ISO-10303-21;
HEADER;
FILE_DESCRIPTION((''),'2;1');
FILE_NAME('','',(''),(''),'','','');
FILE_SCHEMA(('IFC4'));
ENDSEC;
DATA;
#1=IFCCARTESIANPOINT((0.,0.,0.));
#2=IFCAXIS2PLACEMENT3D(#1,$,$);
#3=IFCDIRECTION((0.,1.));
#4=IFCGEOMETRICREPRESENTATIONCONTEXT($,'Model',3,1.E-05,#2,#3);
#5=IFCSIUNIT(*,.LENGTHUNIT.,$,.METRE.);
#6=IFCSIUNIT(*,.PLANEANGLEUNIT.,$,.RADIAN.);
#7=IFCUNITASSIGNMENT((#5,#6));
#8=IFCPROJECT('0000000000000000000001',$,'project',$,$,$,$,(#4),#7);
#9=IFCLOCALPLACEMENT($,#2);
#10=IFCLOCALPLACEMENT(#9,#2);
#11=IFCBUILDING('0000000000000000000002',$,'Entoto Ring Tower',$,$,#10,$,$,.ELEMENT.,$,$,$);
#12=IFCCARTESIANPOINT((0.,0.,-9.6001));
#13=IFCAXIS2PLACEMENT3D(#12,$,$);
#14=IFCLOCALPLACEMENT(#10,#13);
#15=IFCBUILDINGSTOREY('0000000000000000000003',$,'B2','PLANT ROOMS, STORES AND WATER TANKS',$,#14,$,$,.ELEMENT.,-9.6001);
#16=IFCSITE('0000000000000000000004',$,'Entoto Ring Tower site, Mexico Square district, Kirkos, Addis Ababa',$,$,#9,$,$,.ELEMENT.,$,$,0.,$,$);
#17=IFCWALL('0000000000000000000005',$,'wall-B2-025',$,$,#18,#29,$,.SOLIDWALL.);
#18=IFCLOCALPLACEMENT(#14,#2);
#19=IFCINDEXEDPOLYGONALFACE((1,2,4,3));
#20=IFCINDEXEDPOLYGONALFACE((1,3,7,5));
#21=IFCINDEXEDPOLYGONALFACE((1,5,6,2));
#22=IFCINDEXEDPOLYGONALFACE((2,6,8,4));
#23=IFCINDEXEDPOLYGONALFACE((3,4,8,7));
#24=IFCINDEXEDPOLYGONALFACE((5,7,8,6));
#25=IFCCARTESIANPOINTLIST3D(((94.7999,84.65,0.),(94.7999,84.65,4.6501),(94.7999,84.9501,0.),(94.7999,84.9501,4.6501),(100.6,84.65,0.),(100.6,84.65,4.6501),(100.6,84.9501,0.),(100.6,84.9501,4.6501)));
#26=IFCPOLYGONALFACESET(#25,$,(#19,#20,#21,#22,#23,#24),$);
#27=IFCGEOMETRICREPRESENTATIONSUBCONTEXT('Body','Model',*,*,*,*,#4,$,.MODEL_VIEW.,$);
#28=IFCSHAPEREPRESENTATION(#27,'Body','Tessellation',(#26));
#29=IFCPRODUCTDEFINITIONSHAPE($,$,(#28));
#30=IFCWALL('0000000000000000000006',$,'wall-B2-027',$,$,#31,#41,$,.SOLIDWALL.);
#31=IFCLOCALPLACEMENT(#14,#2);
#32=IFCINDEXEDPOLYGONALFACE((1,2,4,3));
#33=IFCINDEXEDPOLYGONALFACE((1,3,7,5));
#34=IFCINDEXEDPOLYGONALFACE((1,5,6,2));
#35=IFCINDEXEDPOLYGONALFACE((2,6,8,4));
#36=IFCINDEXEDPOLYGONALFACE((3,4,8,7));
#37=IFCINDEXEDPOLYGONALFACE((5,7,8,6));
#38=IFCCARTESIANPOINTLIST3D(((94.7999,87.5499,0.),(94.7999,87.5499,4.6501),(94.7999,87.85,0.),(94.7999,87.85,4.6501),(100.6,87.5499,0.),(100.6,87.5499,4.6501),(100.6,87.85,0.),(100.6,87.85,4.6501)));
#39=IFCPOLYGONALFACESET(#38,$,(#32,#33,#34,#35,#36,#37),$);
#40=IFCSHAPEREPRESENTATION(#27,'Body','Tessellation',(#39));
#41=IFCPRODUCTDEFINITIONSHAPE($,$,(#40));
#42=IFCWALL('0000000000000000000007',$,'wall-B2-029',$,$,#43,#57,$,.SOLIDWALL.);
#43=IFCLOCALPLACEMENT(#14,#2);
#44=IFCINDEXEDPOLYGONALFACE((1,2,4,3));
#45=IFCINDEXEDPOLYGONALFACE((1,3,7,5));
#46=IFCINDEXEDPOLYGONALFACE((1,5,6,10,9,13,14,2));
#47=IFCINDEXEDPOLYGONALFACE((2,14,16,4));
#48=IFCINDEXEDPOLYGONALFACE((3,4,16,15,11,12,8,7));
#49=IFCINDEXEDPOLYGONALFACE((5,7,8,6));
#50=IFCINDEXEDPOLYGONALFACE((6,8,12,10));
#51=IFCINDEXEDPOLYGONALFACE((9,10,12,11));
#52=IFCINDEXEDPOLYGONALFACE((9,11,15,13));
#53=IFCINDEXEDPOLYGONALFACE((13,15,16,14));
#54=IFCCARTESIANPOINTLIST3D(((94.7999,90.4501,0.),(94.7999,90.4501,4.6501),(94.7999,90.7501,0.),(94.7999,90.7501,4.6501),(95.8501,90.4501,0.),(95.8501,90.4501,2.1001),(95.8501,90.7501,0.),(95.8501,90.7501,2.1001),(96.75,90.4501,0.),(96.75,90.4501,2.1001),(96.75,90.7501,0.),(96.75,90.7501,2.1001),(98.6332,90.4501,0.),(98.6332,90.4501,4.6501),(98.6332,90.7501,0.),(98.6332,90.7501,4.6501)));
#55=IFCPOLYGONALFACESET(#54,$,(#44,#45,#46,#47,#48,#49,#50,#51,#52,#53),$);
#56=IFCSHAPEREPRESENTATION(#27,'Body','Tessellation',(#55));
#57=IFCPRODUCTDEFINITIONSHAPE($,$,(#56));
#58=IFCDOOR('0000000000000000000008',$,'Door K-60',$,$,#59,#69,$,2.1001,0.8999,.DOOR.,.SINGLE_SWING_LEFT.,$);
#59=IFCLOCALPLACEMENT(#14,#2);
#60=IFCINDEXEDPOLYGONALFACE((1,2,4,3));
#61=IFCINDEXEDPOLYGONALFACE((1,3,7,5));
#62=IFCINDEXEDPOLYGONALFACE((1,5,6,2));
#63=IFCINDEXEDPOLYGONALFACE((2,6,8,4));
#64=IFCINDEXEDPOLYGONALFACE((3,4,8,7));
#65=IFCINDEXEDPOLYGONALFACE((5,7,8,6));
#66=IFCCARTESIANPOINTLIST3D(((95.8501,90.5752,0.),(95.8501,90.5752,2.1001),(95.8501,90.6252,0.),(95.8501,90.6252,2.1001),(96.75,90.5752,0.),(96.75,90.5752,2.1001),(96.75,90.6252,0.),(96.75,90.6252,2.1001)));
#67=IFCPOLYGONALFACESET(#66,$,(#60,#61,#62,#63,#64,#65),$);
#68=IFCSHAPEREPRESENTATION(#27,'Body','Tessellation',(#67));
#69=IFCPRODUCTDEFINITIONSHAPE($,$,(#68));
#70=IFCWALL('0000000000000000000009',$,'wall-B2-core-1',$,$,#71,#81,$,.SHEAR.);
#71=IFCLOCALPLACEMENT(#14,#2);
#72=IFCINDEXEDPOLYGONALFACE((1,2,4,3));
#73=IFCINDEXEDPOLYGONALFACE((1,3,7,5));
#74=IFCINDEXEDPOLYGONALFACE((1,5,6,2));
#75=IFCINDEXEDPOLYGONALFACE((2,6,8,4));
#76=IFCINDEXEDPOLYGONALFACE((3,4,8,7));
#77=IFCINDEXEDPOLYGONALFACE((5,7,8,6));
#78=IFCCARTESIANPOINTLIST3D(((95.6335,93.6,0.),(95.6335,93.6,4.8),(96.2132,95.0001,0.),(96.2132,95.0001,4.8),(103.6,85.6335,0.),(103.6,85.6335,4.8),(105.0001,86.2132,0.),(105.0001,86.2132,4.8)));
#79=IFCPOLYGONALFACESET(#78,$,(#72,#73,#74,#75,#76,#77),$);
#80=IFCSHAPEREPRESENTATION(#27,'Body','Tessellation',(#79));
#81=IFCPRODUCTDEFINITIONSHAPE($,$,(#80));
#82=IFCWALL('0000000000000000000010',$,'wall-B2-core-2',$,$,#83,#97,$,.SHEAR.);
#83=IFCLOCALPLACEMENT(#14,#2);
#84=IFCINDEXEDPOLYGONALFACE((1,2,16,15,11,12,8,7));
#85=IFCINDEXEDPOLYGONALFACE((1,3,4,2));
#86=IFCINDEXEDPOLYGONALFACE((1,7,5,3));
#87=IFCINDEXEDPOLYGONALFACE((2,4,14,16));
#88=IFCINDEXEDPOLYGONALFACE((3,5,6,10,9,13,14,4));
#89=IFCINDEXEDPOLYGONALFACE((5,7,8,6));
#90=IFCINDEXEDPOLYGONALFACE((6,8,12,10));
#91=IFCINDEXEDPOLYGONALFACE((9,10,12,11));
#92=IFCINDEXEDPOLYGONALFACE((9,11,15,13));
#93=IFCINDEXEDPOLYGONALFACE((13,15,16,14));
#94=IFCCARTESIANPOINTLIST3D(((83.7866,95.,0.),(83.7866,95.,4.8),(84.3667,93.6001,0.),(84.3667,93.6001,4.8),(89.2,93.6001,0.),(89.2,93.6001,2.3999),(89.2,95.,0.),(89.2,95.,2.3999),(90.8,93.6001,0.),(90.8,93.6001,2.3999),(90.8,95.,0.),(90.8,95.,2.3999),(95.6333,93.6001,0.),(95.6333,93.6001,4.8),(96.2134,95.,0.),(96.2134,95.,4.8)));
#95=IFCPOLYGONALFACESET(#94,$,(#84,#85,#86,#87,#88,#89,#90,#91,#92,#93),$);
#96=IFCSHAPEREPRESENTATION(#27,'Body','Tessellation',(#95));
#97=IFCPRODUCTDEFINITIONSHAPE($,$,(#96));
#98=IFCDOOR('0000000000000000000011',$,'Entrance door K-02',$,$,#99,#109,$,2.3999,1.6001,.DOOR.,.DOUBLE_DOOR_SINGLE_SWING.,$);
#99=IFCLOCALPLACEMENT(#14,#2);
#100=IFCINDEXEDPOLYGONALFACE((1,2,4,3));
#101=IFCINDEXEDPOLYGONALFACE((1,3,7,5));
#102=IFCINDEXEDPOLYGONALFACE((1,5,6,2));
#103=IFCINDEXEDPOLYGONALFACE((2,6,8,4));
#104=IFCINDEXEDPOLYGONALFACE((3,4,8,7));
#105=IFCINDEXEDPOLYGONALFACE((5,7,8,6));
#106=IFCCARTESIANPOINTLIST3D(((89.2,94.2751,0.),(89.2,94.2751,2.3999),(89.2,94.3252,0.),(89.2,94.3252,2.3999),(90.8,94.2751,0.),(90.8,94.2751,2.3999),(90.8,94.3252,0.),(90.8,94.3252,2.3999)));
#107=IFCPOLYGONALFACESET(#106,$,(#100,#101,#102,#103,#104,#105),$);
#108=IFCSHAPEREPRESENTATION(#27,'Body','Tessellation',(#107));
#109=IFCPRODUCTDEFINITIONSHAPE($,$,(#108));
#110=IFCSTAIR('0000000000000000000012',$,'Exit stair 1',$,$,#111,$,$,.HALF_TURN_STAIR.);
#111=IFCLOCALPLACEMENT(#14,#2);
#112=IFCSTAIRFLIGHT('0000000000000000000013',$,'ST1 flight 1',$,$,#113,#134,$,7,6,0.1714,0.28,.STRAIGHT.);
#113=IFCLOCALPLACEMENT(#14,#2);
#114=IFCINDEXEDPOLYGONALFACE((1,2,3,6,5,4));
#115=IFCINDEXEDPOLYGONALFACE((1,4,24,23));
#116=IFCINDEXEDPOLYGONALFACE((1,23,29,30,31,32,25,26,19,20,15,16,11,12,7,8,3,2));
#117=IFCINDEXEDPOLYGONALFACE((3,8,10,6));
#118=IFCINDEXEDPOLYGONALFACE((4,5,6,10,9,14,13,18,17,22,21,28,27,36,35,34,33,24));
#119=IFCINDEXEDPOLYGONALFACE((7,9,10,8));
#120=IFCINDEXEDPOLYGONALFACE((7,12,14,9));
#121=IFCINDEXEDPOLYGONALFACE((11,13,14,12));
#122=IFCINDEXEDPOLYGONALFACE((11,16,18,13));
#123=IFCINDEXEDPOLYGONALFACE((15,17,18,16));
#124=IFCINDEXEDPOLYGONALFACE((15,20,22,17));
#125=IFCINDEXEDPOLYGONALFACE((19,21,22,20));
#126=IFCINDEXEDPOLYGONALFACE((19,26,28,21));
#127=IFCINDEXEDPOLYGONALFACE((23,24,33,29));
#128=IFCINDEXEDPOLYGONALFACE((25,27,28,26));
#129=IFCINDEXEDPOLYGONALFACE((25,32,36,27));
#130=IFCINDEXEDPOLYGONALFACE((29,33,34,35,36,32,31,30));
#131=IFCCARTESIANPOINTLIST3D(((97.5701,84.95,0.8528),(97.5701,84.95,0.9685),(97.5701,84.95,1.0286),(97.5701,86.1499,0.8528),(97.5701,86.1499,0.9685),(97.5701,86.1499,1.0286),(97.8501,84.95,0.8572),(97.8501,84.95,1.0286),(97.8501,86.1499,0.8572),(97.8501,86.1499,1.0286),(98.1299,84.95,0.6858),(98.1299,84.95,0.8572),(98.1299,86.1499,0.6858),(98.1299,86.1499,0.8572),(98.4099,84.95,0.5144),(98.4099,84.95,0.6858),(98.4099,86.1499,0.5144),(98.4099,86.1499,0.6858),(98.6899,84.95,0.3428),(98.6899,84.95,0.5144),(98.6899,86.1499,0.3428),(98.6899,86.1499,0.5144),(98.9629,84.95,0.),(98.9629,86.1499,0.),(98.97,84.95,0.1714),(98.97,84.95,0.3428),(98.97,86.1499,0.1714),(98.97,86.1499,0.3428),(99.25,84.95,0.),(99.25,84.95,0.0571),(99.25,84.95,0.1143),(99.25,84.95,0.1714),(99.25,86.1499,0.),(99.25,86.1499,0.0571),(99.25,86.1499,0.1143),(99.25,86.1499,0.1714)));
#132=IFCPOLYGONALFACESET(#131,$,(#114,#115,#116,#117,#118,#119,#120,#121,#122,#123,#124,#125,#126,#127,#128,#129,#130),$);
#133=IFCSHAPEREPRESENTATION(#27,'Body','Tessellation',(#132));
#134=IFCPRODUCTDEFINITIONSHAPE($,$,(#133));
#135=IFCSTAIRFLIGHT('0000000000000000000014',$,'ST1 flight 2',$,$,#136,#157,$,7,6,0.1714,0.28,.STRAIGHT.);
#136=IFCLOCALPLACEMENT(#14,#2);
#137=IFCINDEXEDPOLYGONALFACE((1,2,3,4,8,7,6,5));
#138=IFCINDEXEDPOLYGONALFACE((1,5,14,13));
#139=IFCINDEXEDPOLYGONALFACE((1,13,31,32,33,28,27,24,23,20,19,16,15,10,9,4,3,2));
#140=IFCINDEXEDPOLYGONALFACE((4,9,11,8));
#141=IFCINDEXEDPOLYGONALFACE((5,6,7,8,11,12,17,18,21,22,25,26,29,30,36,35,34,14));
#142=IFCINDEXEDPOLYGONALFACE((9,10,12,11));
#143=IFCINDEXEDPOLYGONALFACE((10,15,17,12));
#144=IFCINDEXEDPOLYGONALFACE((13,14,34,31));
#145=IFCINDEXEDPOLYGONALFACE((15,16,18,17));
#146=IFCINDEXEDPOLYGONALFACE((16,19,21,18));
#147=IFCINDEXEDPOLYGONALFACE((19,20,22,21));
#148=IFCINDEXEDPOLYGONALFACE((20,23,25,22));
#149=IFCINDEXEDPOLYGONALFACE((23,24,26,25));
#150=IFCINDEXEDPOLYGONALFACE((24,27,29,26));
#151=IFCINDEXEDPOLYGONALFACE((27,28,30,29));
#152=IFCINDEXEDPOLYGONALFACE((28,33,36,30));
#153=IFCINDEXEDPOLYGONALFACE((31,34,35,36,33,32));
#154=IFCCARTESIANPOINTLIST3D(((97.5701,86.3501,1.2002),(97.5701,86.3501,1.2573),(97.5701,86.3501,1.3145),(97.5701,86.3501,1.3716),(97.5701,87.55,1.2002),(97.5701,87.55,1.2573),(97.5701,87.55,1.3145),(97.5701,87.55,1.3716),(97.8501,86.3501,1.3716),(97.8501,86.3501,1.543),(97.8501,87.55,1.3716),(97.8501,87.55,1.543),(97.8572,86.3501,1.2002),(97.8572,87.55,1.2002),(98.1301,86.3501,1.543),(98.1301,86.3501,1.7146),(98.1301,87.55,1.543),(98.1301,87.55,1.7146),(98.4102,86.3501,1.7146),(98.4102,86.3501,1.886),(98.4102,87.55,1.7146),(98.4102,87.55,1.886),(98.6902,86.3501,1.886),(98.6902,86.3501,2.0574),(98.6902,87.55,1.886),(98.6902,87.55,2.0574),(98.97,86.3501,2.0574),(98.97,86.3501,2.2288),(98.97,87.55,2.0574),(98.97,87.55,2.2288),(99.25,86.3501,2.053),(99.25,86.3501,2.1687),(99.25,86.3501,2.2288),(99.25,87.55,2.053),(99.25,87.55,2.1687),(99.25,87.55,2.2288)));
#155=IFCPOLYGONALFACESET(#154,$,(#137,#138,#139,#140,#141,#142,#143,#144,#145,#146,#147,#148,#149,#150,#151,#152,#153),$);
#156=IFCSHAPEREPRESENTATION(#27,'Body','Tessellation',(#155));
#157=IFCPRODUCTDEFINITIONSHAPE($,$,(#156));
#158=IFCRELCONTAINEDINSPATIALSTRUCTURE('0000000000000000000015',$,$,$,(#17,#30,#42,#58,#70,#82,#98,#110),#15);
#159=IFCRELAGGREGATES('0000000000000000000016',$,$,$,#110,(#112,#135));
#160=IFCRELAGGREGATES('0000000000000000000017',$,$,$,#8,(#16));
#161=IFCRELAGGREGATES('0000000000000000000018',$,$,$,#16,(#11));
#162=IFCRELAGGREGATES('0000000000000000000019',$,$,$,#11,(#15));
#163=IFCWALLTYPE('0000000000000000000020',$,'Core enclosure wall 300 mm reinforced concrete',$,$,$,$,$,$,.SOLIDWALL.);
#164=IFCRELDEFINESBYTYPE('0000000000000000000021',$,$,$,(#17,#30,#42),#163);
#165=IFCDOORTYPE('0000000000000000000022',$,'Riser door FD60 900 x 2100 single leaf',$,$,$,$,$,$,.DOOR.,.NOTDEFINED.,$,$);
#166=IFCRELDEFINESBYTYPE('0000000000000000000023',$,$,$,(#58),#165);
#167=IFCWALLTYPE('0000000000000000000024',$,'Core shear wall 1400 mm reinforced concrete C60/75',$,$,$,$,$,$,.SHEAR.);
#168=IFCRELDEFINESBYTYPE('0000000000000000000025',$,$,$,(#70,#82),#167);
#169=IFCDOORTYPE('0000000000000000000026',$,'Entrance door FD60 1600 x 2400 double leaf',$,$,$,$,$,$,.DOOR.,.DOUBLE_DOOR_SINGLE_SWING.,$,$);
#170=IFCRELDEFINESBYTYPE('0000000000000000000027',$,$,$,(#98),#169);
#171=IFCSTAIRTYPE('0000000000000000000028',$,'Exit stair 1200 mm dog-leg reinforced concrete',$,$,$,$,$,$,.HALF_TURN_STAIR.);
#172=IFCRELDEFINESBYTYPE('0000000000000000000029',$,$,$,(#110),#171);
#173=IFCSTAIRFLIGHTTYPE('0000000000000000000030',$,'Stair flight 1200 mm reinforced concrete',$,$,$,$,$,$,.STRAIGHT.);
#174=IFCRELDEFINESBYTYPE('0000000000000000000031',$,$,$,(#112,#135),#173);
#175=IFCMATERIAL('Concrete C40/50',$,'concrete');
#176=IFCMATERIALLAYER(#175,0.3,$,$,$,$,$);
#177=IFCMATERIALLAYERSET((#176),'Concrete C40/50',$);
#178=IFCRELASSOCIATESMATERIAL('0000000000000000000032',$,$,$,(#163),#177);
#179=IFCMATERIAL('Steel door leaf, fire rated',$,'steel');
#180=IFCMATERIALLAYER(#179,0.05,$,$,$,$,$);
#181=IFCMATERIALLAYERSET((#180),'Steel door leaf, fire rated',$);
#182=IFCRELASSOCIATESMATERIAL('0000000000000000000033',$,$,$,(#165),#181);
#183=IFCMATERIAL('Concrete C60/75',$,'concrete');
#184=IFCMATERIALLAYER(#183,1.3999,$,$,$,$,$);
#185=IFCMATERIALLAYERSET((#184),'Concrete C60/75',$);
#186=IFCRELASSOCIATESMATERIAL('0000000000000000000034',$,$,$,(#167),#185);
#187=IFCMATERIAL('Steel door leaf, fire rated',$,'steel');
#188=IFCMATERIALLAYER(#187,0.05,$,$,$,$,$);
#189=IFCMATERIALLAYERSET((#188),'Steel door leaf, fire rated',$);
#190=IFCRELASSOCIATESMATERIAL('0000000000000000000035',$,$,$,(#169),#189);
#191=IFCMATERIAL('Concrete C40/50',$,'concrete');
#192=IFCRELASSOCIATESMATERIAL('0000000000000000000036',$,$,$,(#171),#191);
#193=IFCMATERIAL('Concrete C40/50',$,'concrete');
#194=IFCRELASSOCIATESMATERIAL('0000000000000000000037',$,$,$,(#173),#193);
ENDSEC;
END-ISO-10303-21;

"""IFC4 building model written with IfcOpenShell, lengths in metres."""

from ifc_helpers import new_model, si_unit, direction, frame, frame_2d, origin, place, context, subcontext, project, spatial, polyline, rectangle, outline, extrude, material, layer, layer_set, type_object, element, fill, aggregate, save


model = new_model("IFC4")

# Units and contexts
model_context = context("Model", 3, precision=1e-05, world=origin(), true_north=direction((0.0, 1.0)))
body_context = subcontext(model_context, "Body", "Model", "MODEL_VIEW")
ifc_project = project(units=[si_unit("LENGTHUNIT", "METRE"), si_unit("PLANEANGLEUNIT", "RADIAN")], contexts=[model_context])

# Site, building, storey
site_placement = place(None, origin())
site = spatial("IfcSite", under=ifc_project, at=site_placement, Name="Entoto Ring Tower site, Mexico Square district, Kirkos, Addis Ababa", CompositionType="ELEMENT", RefElevation=0.0)
building_placement = place(site_placement, origin())
building = spatial("IfcBuilding", under=site, at=building_placement, Name="Entoto Ring Tower", CompositionType="ELEMENT")
storey_placement = place(building_placement, frame((0.0, 0.0, -9.6001)))
storey = spatial("IfcBuildingStorey", under=building, at=storey_placement, Name="B2", Description="PLANT ROOMS, STORES AND WATER TANKS", CompositionType="ELEMENT", Elevation=-9.6001)

# Shared definitions
ifc_material_1 = material(Name="Concrete C40/50", Category="concrete")
ifc_layer_1 = layer(ifc_material_1, 0.3)
ifc_layer_set_1 = layer_set([ifc_layer_1], Name="Concrete C40/50")
wall_type_1 = type_object("IfcWallType", Name="Core enclosure wall 300 mm reinforced concrete", PredefinedType="SOLIDWALL", material=ifc_layer_set_1)

# Walls
for number, where, z_axis, x_axis, name in (
    (1, (94.8, 84.8, 0.0), (0.0, 0.0, 1.0), (1.0, 0.0, 0.0), "wall-B2-025"),
    (2, (94.8, 87.7, 0.0), (0.0, 0.0, 1.0), (1.0, 0.0, 0.0), "wall-B2-027"),
):
    element("IfcWall", number, at=place(storey_placement, frame(where, z_axis=z_axis, x_axis=x_axis)), inside=storey, type_object=wall_type_1, Name=name, PredefinedType="SOLIDWALL", context=body_context, shape_type="SweptSolid", body=[
        extrude(rectangle(XDim=5.8, YDim=0.3, at=frame_2d((2.8999, 0.0))), origin(), (0.0, 0.0, 1.0), 4.6501),
    ])

# Wall, opening, door
wall_1_placement = place(storey_placement, frame((94.8, 90.6001, 0.0), z_axis=(0.0, 0.0, 1.0), x_axis=(1.0, 0.0, 0.0)))
wall_1 = element("IfcWall", 3, at=wall_1_placement, inside=storey, type_object=wall_type_1, Name="wall-B2-029", PredefinedType="SOLIDWALL", context=body_context, shape_type="SweptSolid", body=[
    extrude(rectangle(XDim=3.8333, YDim=0.3, at=frame_2d((1.9165, 0.0))), origin(), (0.0, 0.0, 1.0), 4.6501),
])
opening_1_placement = place(wall_1_placement, frame((1.05, 0.0, 0.0)))
opening_1 = element("IfcOpeningElement", 4, at=opening_1_placement, cuts=wall_1, PredefinedType="OPENING", context=body_context, shape_type="SweptSolid", body=[
    extrude(rectangle(XDim=0.8999, YDim=2.1001, at=frame_2d((0.45, 1.05))), frame((0.0, 0.1602, 0.0), z_axis=(0.0, -1.0, 0.0), x_axis=(1.0, 0.0, 0.0)), (0.0, 0.0, 1.0), 0.3201),
])
ifc_material_2 = material(Name="Steel door leaf, fire rated", Category="steel")
ifc_layer_2 = layer(ifc_material_2, 0.05)
ifc_layer_set_2 = layer_set([ifc_layer_2], Name="Steel door leaf, fire rated")
door_type_1 = type_object("IfcDoorType", Name="Riser door FD60 900 x 2100 single leaf", OperationType="NOTDEFINED", PredefinedType="DOOR", material=ifc_layer_set_2)
door_1_placement = place(opening_1_placement, frame((0.8999, 0.0, 0.0), z_axis=(0.0, 0.0, 1.0), x_axis=(-1.0, 0.0, 0.0)))
door_1 = element("IfcDoor", 5, at=door_1_placement, inside=storey, type_object=door_type_1, Name="Door K-60", OperationType="SINGLE_SWING_LEFT", OverallHeight=2.1001, OverallWidth=0.8999, PredefinedType="DOOR", context=body_context, shape_type="SweptSolid", body=[
    extrude(rectangle(XDim=0.8999, YDim=2.1001, at=frame_2d((0.45, 1.05))), frame((0.0, 0.0249, 0.0), z_axis=(0.0, -1.0, 0.0), x_axis=(1.0, 0.0, 0.0)), (0.0, 0.0, 1.0), 0.05),
])
fill(opening_1, door_1)

# Wall
ifc_material_3 = material(Name="Concrete C60/75", Category="concrete")
ifc_layer_3 = layer(ifc_material_3, 1.3999)
ifc_layer_set_3 = layer_set([ifc_layer_3], Name="Concrete C60/75")
wall_type_2 = type_object("IfcWallType", Name="Core shear wall 1400 mm reinforced concrete C60/75", PredefinedType="SHEAR", material=ifc_layer_set_3)
wall_2_placement = place(storey_placement, frame((104.3, 85.9233, 0.0), z_axis=(0.0, 0.0, 1.0), x_axis=(-0.707107, 0.707107, 0.0)))
element("IfcWall", 6, at=wall_2_placement, inside=storey, type_object=wall_type_2, Name="wall-B2-core-1", PredefinedType="SHEAR", context=body_context, shape_type="SweptSolid", body=[
    extrude(outline(polyline([(-0.29, -0.7), (12.1365, -0.7), (11.5564, 0.7), (0.29, 0.7), (-0.29, -0.7)])), origin(), (0.0, 0.0, 1.0), 4.8),
])

# Wall, opening, door
wall_3_placement = place(storey_placement, frame((95.9233, 94.3, 0.0), z_axis=(0.0, 0.0, 1.0), x_axis=(-1.0, 0.0, 0.0)))
wall_3 = element("IfcWall", 7, at=wall_3_placement, inside=storey, type_object=wall_type_2, Name="wall-B2-core-2", PredefinedType="SHEAR", context=body_context, shape_type="SweptSolid", body=[
    extrude(outline(polyline([(-0.29, -0.7), (12.1367, -0.7), (11.5566, 0.7), (0.29, 0.7), (-0.29, -0.7)])), origin(), (0.0, 0.0, 1.0), 4.8),
])
opening_2_placement = place(wall_3_placement, frame((5.1233, 0.0, 0.0)))
opening_2 = element("IfcOpeningElement", 8, at=opening_2_placement, cuts=wall_3, PredefinedType="OPENING", context=body_context, shape_type="SweptSolid", body=[
    extrude(rectangle(XDim=1.6001, YDim=2.3999, at=frame_2d((0.8, 1.2))), frame((0.0, 0.71, 0.0), z_axis=(0.0, -1.0, 0.0), x_axis=(1.0, 0.0, 0.0)), (0.0, 0.0, 1.0), 1.4199),
])
ifc_material_4 = material(Name="Steel door leaf, fire rated", Category="steel")
ifc_layer_4 = layer(ifc_material_4, 0.05)
ifc_layer_set_4 = layer_set([ifc_layer_4], Name="Steel door leaf, fire rated")
door_type_2 = type_object("IfcDoorType", Name="Entrance door FD60 1600 x 2400 double leaf", OperationType="DOUBLE_DOOR_SINGLE_SWING", PredefinedType="DOOR", material=ifc_layer_set_4)
door_2_placement = place(opening_2_placement, origin())
door_2 = element("IfcDoor", 9, at=door_2_placement, inside=storey, type_object=door_type_2, Name="Entrance door K-02", OperationType="DOUBLE_DOOR_SINGLE_SWING", OverallHeight=2.3999, OverallWidth=1.6001, PredefinedType="DOOR", context=body_context, shape_type="SweptSolid", body=[
    extrude(rectangle(XDim=1.6001, YDim=2.3999, at=frame_2d((0.8, 1.2))), frame((0.0, 0.0249, 0.0), z_axis=(0.0, -1.0, 0.0), x_axis=(1.0, 0.0, 0.0)), (0.0, 0.0, 1.0), 0.05),
])
fill(opening_2, door_2)

# Stair, stair flights
ifc_material_5 = material(Name="Concrete C40/50", Category="concrete")
stair_type = type_object("IfcStairType", Name="Exit stair 1200 mm dog-leg reinforced concrete", PredefinedType="HALF_TURN_STAIR", material=ifc_material_5)
stair_placement = place(storey_placement, origin())
stair = element("IfcStair", 10, at=stair_placement, inside=storey, type_object=stair_type, Name="Exit stair 1", PredefinedType="HALF_TURN_STAIR")
ifc_material_6 = material(Name="Concrete C40/50", Category="concrete")
stair_flight_type = type_object("IfcStairFlightType", Name="Stair flight 1200 mm reinforced concrete", PredefinedType="STRAIGHT", material=ifc_material_6)
stair_flight_1_placement = place(storey_placement, frame((99.25, 85.55, 0.0), z_axis=(0.0, 0.0, 1.0), x_axis=(-1.0, 0.0, 0.0)))
stair_flight_1 = element("IfcStairFlight", 11, at=stair_flight_1_placement, type_object=stair_flight_type, Name="ST1 flight 1", NumberOfRisers=7, NumberOfTreads=6, PredefinedType="STRAIGHT", RiserHeight=0.1714, TreadLength=0.28, context=body_context, shape_type="SweptSolid", body=[
    extrude(outline(polyline([(0.0, 0.0), (0.0, 0.0571), (0.0, 0.1143), (0.0, 0.1714), (0.28, 0.1714), (0.28, 0.3428), (0.5601, 0.3428), (0.5601, 0.5144), (0.8401, 0.5144), (0.8401, 0.6858), (1.1201, 0.6858), (1.1201, 0.8572), (1.3999, 0.8572), (1.3999, 1.0286), (1.6799, 1.0286), (1.6799, 1.2), (1.6799, 1.0842), (1.6799, 0.9685), (1.6799, 0.8528), (0.2871, 0.0), (0.0, 0.0)])), frame((0.0, 0.6001, 0.0), z_axis=(0.0, -1.0, 0.0), x_axis=(1.0, 0.0, 0.0)), (0.0, 0.0, 1.0), 1.2),
])
stair_flight_2_placement = place(storey_placement, frame((97.5701, 86.95, 1.2002), z_axis=(0.0, 0.0, 1.0), x_axis=(1.0, 0.0, 0.0)))
stair_flight_2 = element("IfcStairFlight", 12, at=stair_flight_2_placement, type_object=stair_flight_type, Name="ST1 flight 2", NumberOfRisers=7, NumberOfTreads=6, PredefinedType="STRAIGHT", RiserHeight=0.1714, TreadLength=0.28, context=body_context, shape_type="SweptSolid", body=[
    extrude(outline(polyline([(0.0, 0.0), (0.0, 0.0571), (0.0, 0.1143), (0.0, 0.1714), (0.28, 0.1714), (0.28, 0.3428), (0.5601, 0.3428), (0.5601, 0.5144), (0.8401, 0.5144), (0.8401, 0.6858), (1.1201, 0.6858), (1.1201, 0.8572), (1.3999, 0.8572), (1.3999, 1.0286), (1.6799, 1.0286), (1.6799, 1.2), (1.6799, 1.0842), (1.6799, 0.9685), (1.6799, 0.8528), (0.2871, 0.0), (0.0, 0.0)])), frame((0.0, 0.6001, 0.0), z_axis=(0.0, -1.0, 0.0), x_axis=(1.0, 0.0, 0.0)), (0.0, 0.0, 1.0), 1.2),
])
aggregate(stair, [stair_flight_1, stair_flight_2])

save(model, "model.ifc")
